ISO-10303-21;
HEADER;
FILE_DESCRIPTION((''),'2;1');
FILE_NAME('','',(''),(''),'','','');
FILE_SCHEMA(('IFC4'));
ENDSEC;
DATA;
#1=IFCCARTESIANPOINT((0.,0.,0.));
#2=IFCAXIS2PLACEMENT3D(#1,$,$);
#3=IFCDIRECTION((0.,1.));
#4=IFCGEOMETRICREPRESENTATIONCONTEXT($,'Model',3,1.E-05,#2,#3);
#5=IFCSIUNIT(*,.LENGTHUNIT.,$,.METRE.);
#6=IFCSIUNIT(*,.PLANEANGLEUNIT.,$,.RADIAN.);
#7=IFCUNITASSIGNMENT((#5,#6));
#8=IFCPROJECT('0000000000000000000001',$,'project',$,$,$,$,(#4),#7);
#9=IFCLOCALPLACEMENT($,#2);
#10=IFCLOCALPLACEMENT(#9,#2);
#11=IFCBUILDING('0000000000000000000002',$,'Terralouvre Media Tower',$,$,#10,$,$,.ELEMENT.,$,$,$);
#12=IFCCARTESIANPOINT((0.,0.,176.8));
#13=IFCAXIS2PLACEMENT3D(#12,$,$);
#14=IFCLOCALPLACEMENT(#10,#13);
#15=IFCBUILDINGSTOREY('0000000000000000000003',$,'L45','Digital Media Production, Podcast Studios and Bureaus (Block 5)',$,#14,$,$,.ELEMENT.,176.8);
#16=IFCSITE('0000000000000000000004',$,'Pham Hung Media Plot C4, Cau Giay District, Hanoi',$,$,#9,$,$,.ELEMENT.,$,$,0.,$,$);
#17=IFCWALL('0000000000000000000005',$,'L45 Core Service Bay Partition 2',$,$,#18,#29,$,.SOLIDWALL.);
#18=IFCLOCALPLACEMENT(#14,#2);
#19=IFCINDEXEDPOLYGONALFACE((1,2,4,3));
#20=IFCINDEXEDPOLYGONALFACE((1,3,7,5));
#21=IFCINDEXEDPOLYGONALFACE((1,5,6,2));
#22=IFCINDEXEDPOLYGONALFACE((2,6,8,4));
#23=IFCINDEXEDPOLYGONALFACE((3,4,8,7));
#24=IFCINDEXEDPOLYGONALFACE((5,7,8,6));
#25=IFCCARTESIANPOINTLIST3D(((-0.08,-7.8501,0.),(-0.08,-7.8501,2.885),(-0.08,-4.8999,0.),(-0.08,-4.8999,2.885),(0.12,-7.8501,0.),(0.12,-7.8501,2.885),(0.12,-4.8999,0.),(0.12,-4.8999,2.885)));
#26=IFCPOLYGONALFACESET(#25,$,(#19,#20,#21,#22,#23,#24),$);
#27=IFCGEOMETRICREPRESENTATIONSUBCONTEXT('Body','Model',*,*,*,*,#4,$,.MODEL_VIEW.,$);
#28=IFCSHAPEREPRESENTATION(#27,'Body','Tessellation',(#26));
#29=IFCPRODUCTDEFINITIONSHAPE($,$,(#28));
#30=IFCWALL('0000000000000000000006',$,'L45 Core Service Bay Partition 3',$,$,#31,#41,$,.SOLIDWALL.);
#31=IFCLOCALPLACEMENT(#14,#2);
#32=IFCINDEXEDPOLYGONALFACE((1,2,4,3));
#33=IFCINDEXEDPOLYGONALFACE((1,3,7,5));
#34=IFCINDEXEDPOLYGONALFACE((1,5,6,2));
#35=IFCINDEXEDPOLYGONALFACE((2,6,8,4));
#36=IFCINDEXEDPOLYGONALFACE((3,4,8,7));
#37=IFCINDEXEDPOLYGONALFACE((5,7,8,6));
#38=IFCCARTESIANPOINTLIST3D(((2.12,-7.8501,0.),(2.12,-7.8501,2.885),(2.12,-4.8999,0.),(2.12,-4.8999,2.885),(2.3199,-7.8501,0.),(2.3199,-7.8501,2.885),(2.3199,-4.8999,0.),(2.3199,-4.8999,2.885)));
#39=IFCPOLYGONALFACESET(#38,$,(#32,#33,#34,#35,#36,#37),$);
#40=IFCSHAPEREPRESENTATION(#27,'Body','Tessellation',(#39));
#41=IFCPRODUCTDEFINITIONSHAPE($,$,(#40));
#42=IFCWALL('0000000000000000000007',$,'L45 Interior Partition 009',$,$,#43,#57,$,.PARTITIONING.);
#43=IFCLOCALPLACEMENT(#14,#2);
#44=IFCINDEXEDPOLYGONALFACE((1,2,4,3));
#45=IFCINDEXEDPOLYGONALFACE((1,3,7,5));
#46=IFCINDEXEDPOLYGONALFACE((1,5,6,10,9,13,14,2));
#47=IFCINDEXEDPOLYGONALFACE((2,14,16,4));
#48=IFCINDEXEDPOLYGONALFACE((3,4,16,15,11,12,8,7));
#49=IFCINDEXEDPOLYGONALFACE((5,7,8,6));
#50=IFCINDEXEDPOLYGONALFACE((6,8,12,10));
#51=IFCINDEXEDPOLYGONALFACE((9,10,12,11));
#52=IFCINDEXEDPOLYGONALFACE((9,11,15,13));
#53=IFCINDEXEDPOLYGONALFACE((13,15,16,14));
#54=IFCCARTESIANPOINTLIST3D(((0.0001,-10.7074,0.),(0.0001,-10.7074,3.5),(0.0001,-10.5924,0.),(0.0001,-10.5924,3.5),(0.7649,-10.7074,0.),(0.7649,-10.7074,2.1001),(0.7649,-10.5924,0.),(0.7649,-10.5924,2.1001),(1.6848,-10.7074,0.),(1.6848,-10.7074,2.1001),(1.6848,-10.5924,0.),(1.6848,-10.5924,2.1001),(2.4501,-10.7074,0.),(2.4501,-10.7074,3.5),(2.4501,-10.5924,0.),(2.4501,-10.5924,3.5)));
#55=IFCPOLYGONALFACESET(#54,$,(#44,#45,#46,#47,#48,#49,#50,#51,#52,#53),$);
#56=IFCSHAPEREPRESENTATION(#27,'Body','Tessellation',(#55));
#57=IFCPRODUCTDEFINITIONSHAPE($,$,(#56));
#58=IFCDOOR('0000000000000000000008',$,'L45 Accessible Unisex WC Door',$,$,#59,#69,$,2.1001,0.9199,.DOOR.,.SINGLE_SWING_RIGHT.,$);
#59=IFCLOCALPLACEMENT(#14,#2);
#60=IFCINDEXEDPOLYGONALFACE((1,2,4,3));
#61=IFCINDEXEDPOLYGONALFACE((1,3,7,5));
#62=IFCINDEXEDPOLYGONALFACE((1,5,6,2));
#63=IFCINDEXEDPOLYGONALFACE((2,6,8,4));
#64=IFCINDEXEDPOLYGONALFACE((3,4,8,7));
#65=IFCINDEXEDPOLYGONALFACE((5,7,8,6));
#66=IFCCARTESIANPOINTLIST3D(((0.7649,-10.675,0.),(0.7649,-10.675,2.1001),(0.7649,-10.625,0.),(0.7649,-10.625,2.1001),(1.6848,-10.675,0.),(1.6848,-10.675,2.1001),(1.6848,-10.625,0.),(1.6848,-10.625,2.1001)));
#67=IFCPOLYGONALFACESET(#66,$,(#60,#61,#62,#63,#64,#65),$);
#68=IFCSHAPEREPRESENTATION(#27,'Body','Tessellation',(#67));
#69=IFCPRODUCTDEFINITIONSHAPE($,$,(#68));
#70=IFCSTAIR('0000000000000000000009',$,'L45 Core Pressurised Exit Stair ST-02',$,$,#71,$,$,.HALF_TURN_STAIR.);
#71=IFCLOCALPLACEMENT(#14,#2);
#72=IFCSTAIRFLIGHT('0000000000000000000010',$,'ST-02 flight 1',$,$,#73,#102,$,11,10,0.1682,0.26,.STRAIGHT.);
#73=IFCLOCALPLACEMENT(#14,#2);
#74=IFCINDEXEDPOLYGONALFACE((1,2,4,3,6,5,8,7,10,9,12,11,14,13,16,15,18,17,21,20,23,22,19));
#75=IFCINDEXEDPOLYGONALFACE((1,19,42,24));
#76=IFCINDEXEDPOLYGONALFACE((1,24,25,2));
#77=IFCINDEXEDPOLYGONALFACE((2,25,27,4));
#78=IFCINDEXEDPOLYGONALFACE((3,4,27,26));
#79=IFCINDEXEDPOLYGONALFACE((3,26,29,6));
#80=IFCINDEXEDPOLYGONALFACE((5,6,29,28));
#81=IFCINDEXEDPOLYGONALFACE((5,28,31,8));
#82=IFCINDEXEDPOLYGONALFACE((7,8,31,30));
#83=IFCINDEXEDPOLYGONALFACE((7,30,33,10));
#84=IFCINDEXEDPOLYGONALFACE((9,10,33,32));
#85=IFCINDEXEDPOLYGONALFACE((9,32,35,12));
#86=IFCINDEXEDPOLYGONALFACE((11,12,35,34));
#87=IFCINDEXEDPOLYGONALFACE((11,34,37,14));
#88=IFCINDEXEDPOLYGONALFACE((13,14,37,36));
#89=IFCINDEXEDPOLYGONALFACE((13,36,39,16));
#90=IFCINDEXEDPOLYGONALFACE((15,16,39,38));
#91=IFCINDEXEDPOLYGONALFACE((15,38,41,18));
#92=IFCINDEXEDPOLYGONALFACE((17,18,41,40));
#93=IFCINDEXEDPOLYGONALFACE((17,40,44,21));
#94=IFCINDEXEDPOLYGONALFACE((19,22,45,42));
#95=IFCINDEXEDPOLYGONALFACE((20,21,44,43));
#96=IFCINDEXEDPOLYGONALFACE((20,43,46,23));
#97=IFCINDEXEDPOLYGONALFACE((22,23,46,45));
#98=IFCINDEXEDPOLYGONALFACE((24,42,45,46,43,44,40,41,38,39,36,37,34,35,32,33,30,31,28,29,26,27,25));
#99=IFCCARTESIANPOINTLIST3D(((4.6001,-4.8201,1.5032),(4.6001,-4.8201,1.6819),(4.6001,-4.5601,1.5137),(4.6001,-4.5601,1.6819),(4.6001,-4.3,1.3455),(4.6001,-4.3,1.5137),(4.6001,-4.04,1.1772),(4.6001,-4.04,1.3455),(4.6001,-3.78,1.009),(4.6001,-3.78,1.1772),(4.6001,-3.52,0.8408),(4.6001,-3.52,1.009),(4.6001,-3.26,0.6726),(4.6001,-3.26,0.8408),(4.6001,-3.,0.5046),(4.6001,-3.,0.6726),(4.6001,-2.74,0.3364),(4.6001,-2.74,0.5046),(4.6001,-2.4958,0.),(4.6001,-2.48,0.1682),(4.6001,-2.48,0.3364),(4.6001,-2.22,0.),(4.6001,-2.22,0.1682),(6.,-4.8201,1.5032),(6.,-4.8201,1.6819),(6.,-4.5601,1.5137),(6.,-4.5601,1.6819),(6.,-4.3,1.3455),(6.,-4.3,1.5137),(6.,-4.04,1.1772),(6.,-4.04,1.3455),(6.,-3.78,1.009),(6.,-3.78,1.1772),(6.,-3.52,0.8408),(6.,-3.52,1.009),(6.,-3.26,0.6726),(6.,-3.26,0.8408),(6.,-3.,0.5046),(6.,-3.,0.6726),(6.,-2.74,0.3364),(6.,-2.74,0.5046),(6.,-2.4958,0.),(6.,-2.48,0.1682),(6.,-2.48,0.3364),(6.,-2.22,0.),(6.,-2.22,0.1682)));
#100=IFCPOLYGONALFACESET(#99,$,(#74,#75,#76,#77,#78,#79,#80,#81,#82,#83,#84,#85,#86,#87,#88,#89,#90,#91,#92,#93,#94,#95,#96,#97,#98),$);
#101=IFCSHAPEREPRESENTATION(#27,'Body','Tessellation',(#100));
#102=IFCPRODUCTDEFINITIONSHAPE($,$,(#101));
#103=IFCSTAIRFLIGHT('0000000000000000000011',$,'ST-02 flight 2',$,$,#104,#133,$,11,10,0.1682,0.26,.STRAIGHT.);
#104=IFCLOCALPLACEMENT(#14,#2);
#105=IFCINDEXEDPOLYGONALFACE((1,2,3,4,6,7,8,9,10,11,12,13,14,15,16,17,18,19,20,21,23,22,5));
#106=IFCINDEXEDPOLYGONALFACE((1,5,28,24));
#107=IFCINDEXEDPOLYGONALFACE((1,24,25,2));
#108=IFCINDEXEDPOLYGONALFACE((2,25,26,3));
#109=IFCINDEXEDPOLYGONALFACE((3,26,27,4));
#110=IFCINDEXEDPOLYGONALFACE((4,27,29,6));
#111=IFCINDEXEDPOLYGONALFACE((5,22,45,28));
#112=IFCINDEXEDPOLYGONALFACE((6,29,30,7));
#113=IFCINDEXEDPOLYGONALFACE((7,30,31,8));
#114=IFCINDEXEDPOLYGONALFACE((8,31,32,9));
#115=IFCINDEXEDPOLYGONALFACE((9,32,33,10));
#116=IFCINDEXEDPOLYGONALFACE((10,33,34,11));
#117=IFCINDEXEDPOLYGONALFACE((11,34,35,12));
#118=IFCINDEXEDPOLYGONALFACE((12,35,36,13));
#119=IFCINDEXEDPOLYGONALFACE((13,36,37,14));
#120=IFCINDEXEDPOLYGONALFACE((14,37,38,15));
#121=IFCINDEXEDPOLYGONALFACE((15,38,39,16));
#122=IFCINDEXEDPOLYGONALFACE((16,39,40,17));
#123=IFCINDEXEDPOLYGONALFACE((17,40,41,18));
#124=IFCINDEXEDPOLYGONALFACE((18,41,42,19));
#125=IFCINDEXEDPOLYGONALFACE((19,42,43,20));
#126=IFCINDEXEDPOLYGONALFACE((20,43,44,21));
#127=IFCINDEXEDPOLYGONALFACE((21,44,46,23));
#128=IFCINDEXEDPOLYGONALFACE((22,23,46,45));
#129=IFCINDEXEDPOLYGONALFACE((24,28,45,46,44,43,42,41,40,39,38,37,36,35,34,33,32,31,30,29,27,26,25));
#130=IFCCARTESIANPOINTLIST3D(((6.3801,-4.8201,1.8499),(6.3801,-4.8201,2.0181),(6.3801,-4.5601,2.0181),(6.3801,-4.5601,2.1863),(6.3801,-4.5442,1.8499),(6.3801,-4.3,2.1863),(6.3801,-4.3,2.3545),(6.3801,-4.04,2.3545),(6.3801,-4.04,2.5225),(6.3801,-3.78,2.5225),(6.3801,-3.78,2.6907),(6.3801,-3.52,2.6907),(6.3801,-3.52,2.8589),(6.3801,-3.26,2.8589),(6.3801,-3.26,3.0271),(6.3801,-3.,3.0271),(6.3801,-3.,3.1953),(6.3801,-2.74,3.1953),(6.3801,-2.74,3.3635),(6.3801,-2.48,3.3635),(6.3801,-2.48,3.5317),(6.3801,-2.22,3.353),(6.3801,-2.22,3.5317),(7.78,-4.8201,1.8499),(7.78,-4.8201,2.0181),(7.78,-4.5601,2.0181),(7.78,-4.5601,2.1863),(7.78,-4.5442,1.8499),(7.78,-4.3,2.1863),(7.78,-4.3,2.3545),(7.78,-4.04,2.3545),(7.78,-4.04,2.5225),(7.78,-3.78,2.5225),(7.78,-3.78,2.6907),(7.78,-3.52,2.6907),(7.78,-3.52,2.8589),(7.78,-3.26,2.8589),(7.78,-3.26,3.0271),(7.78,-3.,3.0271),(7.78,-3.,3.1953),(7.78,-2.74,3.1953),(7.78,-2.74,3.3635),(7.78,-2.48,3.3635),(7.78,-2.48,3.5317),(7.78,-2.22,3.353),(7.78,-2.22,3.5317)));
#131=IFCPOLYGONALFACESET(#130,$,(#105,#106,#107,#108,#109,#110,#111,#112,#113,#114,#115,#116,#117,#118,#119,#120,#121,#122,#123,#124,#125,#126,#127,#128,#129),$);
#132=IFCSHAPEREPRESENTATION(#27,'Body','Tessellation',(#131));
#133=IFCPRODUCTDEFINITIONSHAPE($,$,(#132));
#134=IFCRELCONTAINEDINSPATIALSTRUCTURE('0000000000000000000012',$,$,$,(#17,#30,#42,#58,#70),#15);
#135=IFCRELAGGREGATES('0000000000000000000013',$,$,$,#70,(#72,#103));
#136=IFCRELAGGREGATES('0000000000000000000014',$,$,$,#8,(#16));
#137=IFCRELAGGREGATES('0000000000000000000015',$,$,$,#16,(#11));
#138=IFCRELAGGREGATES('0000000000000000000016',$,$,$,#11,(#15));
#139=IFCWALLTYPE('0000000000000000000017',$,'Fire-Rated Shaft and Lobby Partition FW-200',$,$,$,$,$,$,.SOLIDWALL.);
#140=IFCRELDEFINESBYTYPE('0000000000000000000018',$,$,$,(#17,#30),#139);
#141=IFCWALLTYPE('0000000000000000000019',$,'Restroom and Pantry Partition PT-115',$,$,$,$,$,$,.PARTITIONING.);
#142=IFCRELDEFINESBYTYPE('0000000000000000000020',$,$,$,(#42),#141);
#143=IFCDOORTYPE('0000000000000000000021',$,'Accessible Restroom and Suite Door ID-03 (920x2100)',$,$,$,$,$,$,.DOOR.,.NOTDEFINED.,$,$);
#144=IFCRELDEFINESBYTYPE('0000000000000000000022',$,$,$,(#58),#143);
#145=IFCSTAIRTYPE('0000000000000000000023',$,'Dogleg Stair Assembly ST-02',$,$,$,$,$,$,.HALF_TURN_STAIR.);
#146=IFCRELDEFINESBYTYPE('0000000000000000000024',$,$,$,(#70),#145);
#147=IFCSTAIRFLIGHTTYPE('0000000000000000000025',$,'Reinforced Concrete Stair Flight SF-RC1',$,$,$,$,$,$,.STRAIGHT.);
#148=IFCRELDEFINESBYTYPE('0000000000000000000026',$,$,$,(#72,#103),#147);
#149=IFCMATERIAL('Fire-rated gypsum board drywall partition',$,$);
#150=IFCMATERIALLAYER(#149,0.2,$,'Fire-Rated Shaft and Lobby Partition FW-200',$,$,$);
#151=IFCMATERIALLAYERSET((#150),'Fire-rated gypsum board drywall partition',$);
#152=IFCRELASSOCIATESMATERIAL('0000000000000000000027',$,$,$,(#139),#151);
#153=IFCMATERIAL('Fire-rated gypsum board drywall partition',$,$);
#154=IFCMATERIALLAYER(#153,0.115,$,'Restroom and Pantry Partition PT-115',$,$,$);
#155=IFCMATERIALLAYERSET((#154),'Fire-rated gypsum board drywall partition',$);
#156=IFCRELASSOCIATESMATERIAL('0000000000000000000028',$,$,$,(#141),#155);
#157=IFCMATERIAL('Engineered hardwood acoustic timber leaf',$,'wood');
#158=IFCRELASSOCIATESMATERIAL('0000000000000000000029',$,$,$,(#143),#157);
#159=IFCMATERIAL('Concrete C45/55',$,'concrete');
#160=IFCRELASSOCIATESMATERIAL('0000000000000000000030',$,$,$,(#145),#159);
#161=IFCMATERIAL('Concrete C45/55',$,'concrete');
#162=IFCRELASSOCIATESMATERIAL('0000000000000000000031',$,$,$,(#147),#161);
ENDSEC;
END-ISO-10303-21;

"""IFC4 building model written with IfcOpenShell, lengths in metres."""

from ifc_helpers import new_model, si_unit, direction, frame, frame_2d, origin, place, context, subcontext, project, spatial, polyline, rectangle, outline, extrude, material, layer, layer_set, type_object, element, fill, aggregate, save


model = new_model("IFC4")

# Units and contexts
model_context = context("Model", 3, precision=1e-05, world=origin(), true_north=direction((0.0, 1.0)))
body_context = subcontext(model_context, "Body", "Model", "MODEL_VIEW")
ifc_project = project(units=[si_unit("LENGTHUNIT", "METRE"), si_unit("PLANEANGLEUNIT", "RADIAN")], contexts=[model_context])

# Site, building, storey
site_placement = place(None, origin())
site = spatial("IfcSite", under=ifc_project, at=site_placement, Name="Pham Hung Media Plot C4, Cau Giay District, Hanoi", CompositionType="ELEMENT", RefElevation=0.0)
building_placement = place(site_placement, origin())
building = spatial("IfcBuilding", under=site, at=building_placement, Name="Terralouvre Media Tower", CompositionType="ELEMENT")
storey_placement = place(building_placement, frame((0.0, 0.0, 176.8)))
storey = spatial("IfcBuildingStorey", under=building, at=storey_placement, Name="L45", Description="Digital Media Production, Podcast Studios and Bureaus (Block 5)", CompositionType="ELEMENT", Elevation=176.8)

# Walls
ifc_material_1 = material(Name="Fire-rated gypsum board drywall partition")
ifc_layer_1 = layer(ifc_material_1, 0.2, Name="Fire-Rated Shaft and Lobby Partition FW-200")
ifc_layer_set_1 = layer_set([ifc_layer_1], Name="Fire-rated gypsum board drywall partition")
wall_type_1 = type_object("IfcWallType", Name="Fire-Rated Shaft and Lobby Partition FW-200", PredefinedType="SOLIDWALL", material=ifc_layer_set_1)
for number, where, z_axis, x_axis, name in (
    (1, (0.02, -7.8501, 0.0), (0.0, 0.0, 1.0), (0.0, 1.0, 0.0), "L45 Core Service Bay Partition 2"),
    (2, (2.22, -7.8501, 0.0), (0.0, 0.0, 1.0), (0.0, 1.0, 0.0), "L45 Core Service Bay Partition 3"),
):
    element("IfcWall", number, at=place(storey_placement, frame(where, z_axis=z_axis, x_axis=x_axis)), inside=storey, type_object=wall_type_1, Name=name, PredefinedType="SOLIDWALL", context=body_context, shape_type="SweptSolid", body=[
        extrude(rectangle(XDim=2.9502, YDim=0.2, at=frame_2d((1.4751, 0.0))), origin(), (0.0, 0.0, 1.0), 2.885),
    ])

# Wall, opening, door
ifc_material_2 = material(Name="Fire-rated gypsum board drywall partition")
ifc_layer_2 = layer(ifc_material_2, 0.115, Name="Restroom and Pantry Partition PT-115")
ifc_layer_set_2 = layer_set([ifc_layer_2], Name="Fire-rated gypsum board drywall partition")
wall_type_2 = type_object("IfcWallType", Name="Restroom and Pantry Partition PT-115", PredefinedType="PARTITIONING", material=ifc_layer_set_2)
wall_1_placement = place(storey_placement, frame((0.0, -10.6499, 0.0), z_axis=(0.0, 0.0, 1.0), x_axis=(1.0, 0.0, 0.0)))
wall_1 = element("IfcWall", 3, at=wall_1_placement, inside=storey, type_object=wall_type_2, Name="L45 Interior Partition 009", PredefinedType="PARTITIONING", context=body_context, shape_type="SweptSolid", body=[
    extrude(rectangle(XDim=2.45, YDim=0.115, at=frame_2d((1.2251, 0.0))), origin(), (0.0, 0.0, 1.0), 3.5),
])
opening_1_placement = place(wall_1_placement, frame((0.7649, 0.0, 0.0)))
opening_1 = element("IfcOpeningElement", 4, at=opening_1_placement, cuts=wall_1, PredefinedType="OPENING", context=body_context, shape_type="SweptSolid", body=[
    extrude(rectangle(XDim=0.9199, YDim=2.1001, at=frame_2d((0.46, 1.05))), frame((0.0, 0.0674, 0.0), z_axis=(0.0, -1.0, 0.0), x_axis=(1.0, 0.0, 0.0)), (0.0, 0.0, 1.0), 0.135),
])
ifc_material_3 = material(Name="Engineered hardwood acoustic timber leaf", Category="wood")
door_type_1 = type_object("IfcDoorType", Name="Accessible Restroom and Suite Door ID-03 (920x2100)", OperationType="NOTDEFINED", PredefinedType="DOOR", material=ifc_material_3)
door_1_placement = place(opening_1_placement, origin())
door_1 = element("IfcDoor", 5, at=door_1_placement, inside=storey, type_object=door_type_1, Name="L45 Accessible Unisex WC Door", OperationType="SINGLE_SWING_RIGHT", OverallHeight=2.1001, OverallWidth=0.9199, PredefinedType="DOOR", context=body_context, shape_type="SweptSolid", body=[
    extrude(rectangle(XDim=0.9199, YDim=2.1001, at=frame_2d((0.46, 1.05))), frame((0.0, 0.0249, 0.0), z_axis=(0.0, -1.0, 0.0), x_axis=(1.0, 0.0, 0.0)), (0.0, 0.0, 1.0), 0.05),
])
fill(opening_1, door_1)

# Stair, stair flights
ifc_material_4 = material(Name="Concrete C45/55", Category="concrete")
stair_type = type_object("IfcStairType", Name="Dogleg Stair Assembly ST-02", PredefinedType="HALF_TURN_STAIR", material=ifc_material_4)
stair_placement = place(storey_placement, origin())
stair = element("IfcStair", 6, at=stair_placement, inside=storey, type_object=stair_type, Name="L45 Core Pressurised Exit Stair ST-02", PredefinedType="HALF_TURN_STAIR")
ifc_material_5 = material(Name="Concrete C45/55", Category="concrete")
stair_flight_type = type_object("IfcStairFlightType", Name="Reinforced Concrete Stair Flight SF-RC1", PredefinedType="STRAIGHT", material=ifc_material_5)
stair_flight_1_placement = place(storey_placement, frame((5.3, -2.22, 0.0), z_axis=(0.0, 0.0, 1.0), x_axis=(0.0, -1.0, 0.0)))
stair_flight_1 = element("IfcStairFlight", 7, at=stair_flight_1_placement, type_object=stair_flight_type, Name="ST-02 flight 1", NumberOfRisers=11, NumberOfTreads=10, PredefinedType="STRAIGHT", RiserHeight=0.1682, TreadLength=0.26, context=body_context, shape_type="SweptSolid", body=[
    extrude(outline(polyline([(0.0, 0.0), (0.0, 0.1682), (0.26, 0.1682), (0.26, 0.3364), (0.52, 0.3364), (0.52, 0.5046), (0.78, 0.5046), (0.78, 0.6726), (1.04, 0.6726), (1.04, 0.8408), (1.3, 0.8408), (1.3, 1.009), (1.5601, 1.009), (1.5601, 1.1772), (1.8201, 1.1772), (1.8201, 1.3455), (2.0801, 1.3455), (2.0801, 1.5137), (2.3401, 1.5137), (2.3401, 1.6819), (2.6001, 1.6819), (2.6001, 1.8501), (2.6001, 1.5032), (0.2759, 0.0), (0.0, 0.0)])), frame((0.0, 0.7, 0.0), z_axis=(0.0, -1.0, 0.0), x_axis=(1.0, 0.0, 0.0)), (0.0, 0.0, 1.0), 1.3999),
])
stair_flight_2_placement = place(storey_placement, frame((7.0801, -4.8201, 1.8499), z_axis=(0.0, 0.0, 1.0), x_axis=(0.0, 1.0, 0.0)))
stair_flight_2 = element("IfcStairFlight", 8, at=stair_flight_2_placement, type_object=stair_flight_type, Name="ST-02 flight 2", NumberOfRisers=11, NumberOfTreads=10, PredefinedType="STRAIGHT", RiserHeight=0.1682, TreadLength=0.26, context=body_context, shape_type="SweptSolid", body=[
    extrude(outline(polyline([(0.0, 0.0), (0.0, 0.1682), (0.26, 0.1682), (0.26, 0.3364), (0.52, 0.3364), (0.52, 0.5046), (0.78, 0.5046), (0.78, 0.6726), (1.04, 0.6726), (1.04, 0.8408), (1.3, 0.8408), (1.3, 1.009), (1.5601, 1.009), (1.5601, 1.1772), (1.8201, 1.1772), (1.8201, 1.3455), (2.0801, 1.3455), (2.0801, 1.5137), (2.3401, 1.5137), (2.3401, 1.6819), (2.6001, 1.6819), (2.6001, 1.8501), (2.6001, 1.5032), (0.2759, 0.0), (0.0, 0.0)])), frame((0.0, 0.7, 0.0), z_axis=(0.0, -1.0, 0.0), x_axis=(1.0, 0.0, 0.0)), (0.0, 0.0, 1.0), 1.3999),
])
aggregate(stair, [stair_flight_1, stair_flight_2])

save(model, "model.ifc")
